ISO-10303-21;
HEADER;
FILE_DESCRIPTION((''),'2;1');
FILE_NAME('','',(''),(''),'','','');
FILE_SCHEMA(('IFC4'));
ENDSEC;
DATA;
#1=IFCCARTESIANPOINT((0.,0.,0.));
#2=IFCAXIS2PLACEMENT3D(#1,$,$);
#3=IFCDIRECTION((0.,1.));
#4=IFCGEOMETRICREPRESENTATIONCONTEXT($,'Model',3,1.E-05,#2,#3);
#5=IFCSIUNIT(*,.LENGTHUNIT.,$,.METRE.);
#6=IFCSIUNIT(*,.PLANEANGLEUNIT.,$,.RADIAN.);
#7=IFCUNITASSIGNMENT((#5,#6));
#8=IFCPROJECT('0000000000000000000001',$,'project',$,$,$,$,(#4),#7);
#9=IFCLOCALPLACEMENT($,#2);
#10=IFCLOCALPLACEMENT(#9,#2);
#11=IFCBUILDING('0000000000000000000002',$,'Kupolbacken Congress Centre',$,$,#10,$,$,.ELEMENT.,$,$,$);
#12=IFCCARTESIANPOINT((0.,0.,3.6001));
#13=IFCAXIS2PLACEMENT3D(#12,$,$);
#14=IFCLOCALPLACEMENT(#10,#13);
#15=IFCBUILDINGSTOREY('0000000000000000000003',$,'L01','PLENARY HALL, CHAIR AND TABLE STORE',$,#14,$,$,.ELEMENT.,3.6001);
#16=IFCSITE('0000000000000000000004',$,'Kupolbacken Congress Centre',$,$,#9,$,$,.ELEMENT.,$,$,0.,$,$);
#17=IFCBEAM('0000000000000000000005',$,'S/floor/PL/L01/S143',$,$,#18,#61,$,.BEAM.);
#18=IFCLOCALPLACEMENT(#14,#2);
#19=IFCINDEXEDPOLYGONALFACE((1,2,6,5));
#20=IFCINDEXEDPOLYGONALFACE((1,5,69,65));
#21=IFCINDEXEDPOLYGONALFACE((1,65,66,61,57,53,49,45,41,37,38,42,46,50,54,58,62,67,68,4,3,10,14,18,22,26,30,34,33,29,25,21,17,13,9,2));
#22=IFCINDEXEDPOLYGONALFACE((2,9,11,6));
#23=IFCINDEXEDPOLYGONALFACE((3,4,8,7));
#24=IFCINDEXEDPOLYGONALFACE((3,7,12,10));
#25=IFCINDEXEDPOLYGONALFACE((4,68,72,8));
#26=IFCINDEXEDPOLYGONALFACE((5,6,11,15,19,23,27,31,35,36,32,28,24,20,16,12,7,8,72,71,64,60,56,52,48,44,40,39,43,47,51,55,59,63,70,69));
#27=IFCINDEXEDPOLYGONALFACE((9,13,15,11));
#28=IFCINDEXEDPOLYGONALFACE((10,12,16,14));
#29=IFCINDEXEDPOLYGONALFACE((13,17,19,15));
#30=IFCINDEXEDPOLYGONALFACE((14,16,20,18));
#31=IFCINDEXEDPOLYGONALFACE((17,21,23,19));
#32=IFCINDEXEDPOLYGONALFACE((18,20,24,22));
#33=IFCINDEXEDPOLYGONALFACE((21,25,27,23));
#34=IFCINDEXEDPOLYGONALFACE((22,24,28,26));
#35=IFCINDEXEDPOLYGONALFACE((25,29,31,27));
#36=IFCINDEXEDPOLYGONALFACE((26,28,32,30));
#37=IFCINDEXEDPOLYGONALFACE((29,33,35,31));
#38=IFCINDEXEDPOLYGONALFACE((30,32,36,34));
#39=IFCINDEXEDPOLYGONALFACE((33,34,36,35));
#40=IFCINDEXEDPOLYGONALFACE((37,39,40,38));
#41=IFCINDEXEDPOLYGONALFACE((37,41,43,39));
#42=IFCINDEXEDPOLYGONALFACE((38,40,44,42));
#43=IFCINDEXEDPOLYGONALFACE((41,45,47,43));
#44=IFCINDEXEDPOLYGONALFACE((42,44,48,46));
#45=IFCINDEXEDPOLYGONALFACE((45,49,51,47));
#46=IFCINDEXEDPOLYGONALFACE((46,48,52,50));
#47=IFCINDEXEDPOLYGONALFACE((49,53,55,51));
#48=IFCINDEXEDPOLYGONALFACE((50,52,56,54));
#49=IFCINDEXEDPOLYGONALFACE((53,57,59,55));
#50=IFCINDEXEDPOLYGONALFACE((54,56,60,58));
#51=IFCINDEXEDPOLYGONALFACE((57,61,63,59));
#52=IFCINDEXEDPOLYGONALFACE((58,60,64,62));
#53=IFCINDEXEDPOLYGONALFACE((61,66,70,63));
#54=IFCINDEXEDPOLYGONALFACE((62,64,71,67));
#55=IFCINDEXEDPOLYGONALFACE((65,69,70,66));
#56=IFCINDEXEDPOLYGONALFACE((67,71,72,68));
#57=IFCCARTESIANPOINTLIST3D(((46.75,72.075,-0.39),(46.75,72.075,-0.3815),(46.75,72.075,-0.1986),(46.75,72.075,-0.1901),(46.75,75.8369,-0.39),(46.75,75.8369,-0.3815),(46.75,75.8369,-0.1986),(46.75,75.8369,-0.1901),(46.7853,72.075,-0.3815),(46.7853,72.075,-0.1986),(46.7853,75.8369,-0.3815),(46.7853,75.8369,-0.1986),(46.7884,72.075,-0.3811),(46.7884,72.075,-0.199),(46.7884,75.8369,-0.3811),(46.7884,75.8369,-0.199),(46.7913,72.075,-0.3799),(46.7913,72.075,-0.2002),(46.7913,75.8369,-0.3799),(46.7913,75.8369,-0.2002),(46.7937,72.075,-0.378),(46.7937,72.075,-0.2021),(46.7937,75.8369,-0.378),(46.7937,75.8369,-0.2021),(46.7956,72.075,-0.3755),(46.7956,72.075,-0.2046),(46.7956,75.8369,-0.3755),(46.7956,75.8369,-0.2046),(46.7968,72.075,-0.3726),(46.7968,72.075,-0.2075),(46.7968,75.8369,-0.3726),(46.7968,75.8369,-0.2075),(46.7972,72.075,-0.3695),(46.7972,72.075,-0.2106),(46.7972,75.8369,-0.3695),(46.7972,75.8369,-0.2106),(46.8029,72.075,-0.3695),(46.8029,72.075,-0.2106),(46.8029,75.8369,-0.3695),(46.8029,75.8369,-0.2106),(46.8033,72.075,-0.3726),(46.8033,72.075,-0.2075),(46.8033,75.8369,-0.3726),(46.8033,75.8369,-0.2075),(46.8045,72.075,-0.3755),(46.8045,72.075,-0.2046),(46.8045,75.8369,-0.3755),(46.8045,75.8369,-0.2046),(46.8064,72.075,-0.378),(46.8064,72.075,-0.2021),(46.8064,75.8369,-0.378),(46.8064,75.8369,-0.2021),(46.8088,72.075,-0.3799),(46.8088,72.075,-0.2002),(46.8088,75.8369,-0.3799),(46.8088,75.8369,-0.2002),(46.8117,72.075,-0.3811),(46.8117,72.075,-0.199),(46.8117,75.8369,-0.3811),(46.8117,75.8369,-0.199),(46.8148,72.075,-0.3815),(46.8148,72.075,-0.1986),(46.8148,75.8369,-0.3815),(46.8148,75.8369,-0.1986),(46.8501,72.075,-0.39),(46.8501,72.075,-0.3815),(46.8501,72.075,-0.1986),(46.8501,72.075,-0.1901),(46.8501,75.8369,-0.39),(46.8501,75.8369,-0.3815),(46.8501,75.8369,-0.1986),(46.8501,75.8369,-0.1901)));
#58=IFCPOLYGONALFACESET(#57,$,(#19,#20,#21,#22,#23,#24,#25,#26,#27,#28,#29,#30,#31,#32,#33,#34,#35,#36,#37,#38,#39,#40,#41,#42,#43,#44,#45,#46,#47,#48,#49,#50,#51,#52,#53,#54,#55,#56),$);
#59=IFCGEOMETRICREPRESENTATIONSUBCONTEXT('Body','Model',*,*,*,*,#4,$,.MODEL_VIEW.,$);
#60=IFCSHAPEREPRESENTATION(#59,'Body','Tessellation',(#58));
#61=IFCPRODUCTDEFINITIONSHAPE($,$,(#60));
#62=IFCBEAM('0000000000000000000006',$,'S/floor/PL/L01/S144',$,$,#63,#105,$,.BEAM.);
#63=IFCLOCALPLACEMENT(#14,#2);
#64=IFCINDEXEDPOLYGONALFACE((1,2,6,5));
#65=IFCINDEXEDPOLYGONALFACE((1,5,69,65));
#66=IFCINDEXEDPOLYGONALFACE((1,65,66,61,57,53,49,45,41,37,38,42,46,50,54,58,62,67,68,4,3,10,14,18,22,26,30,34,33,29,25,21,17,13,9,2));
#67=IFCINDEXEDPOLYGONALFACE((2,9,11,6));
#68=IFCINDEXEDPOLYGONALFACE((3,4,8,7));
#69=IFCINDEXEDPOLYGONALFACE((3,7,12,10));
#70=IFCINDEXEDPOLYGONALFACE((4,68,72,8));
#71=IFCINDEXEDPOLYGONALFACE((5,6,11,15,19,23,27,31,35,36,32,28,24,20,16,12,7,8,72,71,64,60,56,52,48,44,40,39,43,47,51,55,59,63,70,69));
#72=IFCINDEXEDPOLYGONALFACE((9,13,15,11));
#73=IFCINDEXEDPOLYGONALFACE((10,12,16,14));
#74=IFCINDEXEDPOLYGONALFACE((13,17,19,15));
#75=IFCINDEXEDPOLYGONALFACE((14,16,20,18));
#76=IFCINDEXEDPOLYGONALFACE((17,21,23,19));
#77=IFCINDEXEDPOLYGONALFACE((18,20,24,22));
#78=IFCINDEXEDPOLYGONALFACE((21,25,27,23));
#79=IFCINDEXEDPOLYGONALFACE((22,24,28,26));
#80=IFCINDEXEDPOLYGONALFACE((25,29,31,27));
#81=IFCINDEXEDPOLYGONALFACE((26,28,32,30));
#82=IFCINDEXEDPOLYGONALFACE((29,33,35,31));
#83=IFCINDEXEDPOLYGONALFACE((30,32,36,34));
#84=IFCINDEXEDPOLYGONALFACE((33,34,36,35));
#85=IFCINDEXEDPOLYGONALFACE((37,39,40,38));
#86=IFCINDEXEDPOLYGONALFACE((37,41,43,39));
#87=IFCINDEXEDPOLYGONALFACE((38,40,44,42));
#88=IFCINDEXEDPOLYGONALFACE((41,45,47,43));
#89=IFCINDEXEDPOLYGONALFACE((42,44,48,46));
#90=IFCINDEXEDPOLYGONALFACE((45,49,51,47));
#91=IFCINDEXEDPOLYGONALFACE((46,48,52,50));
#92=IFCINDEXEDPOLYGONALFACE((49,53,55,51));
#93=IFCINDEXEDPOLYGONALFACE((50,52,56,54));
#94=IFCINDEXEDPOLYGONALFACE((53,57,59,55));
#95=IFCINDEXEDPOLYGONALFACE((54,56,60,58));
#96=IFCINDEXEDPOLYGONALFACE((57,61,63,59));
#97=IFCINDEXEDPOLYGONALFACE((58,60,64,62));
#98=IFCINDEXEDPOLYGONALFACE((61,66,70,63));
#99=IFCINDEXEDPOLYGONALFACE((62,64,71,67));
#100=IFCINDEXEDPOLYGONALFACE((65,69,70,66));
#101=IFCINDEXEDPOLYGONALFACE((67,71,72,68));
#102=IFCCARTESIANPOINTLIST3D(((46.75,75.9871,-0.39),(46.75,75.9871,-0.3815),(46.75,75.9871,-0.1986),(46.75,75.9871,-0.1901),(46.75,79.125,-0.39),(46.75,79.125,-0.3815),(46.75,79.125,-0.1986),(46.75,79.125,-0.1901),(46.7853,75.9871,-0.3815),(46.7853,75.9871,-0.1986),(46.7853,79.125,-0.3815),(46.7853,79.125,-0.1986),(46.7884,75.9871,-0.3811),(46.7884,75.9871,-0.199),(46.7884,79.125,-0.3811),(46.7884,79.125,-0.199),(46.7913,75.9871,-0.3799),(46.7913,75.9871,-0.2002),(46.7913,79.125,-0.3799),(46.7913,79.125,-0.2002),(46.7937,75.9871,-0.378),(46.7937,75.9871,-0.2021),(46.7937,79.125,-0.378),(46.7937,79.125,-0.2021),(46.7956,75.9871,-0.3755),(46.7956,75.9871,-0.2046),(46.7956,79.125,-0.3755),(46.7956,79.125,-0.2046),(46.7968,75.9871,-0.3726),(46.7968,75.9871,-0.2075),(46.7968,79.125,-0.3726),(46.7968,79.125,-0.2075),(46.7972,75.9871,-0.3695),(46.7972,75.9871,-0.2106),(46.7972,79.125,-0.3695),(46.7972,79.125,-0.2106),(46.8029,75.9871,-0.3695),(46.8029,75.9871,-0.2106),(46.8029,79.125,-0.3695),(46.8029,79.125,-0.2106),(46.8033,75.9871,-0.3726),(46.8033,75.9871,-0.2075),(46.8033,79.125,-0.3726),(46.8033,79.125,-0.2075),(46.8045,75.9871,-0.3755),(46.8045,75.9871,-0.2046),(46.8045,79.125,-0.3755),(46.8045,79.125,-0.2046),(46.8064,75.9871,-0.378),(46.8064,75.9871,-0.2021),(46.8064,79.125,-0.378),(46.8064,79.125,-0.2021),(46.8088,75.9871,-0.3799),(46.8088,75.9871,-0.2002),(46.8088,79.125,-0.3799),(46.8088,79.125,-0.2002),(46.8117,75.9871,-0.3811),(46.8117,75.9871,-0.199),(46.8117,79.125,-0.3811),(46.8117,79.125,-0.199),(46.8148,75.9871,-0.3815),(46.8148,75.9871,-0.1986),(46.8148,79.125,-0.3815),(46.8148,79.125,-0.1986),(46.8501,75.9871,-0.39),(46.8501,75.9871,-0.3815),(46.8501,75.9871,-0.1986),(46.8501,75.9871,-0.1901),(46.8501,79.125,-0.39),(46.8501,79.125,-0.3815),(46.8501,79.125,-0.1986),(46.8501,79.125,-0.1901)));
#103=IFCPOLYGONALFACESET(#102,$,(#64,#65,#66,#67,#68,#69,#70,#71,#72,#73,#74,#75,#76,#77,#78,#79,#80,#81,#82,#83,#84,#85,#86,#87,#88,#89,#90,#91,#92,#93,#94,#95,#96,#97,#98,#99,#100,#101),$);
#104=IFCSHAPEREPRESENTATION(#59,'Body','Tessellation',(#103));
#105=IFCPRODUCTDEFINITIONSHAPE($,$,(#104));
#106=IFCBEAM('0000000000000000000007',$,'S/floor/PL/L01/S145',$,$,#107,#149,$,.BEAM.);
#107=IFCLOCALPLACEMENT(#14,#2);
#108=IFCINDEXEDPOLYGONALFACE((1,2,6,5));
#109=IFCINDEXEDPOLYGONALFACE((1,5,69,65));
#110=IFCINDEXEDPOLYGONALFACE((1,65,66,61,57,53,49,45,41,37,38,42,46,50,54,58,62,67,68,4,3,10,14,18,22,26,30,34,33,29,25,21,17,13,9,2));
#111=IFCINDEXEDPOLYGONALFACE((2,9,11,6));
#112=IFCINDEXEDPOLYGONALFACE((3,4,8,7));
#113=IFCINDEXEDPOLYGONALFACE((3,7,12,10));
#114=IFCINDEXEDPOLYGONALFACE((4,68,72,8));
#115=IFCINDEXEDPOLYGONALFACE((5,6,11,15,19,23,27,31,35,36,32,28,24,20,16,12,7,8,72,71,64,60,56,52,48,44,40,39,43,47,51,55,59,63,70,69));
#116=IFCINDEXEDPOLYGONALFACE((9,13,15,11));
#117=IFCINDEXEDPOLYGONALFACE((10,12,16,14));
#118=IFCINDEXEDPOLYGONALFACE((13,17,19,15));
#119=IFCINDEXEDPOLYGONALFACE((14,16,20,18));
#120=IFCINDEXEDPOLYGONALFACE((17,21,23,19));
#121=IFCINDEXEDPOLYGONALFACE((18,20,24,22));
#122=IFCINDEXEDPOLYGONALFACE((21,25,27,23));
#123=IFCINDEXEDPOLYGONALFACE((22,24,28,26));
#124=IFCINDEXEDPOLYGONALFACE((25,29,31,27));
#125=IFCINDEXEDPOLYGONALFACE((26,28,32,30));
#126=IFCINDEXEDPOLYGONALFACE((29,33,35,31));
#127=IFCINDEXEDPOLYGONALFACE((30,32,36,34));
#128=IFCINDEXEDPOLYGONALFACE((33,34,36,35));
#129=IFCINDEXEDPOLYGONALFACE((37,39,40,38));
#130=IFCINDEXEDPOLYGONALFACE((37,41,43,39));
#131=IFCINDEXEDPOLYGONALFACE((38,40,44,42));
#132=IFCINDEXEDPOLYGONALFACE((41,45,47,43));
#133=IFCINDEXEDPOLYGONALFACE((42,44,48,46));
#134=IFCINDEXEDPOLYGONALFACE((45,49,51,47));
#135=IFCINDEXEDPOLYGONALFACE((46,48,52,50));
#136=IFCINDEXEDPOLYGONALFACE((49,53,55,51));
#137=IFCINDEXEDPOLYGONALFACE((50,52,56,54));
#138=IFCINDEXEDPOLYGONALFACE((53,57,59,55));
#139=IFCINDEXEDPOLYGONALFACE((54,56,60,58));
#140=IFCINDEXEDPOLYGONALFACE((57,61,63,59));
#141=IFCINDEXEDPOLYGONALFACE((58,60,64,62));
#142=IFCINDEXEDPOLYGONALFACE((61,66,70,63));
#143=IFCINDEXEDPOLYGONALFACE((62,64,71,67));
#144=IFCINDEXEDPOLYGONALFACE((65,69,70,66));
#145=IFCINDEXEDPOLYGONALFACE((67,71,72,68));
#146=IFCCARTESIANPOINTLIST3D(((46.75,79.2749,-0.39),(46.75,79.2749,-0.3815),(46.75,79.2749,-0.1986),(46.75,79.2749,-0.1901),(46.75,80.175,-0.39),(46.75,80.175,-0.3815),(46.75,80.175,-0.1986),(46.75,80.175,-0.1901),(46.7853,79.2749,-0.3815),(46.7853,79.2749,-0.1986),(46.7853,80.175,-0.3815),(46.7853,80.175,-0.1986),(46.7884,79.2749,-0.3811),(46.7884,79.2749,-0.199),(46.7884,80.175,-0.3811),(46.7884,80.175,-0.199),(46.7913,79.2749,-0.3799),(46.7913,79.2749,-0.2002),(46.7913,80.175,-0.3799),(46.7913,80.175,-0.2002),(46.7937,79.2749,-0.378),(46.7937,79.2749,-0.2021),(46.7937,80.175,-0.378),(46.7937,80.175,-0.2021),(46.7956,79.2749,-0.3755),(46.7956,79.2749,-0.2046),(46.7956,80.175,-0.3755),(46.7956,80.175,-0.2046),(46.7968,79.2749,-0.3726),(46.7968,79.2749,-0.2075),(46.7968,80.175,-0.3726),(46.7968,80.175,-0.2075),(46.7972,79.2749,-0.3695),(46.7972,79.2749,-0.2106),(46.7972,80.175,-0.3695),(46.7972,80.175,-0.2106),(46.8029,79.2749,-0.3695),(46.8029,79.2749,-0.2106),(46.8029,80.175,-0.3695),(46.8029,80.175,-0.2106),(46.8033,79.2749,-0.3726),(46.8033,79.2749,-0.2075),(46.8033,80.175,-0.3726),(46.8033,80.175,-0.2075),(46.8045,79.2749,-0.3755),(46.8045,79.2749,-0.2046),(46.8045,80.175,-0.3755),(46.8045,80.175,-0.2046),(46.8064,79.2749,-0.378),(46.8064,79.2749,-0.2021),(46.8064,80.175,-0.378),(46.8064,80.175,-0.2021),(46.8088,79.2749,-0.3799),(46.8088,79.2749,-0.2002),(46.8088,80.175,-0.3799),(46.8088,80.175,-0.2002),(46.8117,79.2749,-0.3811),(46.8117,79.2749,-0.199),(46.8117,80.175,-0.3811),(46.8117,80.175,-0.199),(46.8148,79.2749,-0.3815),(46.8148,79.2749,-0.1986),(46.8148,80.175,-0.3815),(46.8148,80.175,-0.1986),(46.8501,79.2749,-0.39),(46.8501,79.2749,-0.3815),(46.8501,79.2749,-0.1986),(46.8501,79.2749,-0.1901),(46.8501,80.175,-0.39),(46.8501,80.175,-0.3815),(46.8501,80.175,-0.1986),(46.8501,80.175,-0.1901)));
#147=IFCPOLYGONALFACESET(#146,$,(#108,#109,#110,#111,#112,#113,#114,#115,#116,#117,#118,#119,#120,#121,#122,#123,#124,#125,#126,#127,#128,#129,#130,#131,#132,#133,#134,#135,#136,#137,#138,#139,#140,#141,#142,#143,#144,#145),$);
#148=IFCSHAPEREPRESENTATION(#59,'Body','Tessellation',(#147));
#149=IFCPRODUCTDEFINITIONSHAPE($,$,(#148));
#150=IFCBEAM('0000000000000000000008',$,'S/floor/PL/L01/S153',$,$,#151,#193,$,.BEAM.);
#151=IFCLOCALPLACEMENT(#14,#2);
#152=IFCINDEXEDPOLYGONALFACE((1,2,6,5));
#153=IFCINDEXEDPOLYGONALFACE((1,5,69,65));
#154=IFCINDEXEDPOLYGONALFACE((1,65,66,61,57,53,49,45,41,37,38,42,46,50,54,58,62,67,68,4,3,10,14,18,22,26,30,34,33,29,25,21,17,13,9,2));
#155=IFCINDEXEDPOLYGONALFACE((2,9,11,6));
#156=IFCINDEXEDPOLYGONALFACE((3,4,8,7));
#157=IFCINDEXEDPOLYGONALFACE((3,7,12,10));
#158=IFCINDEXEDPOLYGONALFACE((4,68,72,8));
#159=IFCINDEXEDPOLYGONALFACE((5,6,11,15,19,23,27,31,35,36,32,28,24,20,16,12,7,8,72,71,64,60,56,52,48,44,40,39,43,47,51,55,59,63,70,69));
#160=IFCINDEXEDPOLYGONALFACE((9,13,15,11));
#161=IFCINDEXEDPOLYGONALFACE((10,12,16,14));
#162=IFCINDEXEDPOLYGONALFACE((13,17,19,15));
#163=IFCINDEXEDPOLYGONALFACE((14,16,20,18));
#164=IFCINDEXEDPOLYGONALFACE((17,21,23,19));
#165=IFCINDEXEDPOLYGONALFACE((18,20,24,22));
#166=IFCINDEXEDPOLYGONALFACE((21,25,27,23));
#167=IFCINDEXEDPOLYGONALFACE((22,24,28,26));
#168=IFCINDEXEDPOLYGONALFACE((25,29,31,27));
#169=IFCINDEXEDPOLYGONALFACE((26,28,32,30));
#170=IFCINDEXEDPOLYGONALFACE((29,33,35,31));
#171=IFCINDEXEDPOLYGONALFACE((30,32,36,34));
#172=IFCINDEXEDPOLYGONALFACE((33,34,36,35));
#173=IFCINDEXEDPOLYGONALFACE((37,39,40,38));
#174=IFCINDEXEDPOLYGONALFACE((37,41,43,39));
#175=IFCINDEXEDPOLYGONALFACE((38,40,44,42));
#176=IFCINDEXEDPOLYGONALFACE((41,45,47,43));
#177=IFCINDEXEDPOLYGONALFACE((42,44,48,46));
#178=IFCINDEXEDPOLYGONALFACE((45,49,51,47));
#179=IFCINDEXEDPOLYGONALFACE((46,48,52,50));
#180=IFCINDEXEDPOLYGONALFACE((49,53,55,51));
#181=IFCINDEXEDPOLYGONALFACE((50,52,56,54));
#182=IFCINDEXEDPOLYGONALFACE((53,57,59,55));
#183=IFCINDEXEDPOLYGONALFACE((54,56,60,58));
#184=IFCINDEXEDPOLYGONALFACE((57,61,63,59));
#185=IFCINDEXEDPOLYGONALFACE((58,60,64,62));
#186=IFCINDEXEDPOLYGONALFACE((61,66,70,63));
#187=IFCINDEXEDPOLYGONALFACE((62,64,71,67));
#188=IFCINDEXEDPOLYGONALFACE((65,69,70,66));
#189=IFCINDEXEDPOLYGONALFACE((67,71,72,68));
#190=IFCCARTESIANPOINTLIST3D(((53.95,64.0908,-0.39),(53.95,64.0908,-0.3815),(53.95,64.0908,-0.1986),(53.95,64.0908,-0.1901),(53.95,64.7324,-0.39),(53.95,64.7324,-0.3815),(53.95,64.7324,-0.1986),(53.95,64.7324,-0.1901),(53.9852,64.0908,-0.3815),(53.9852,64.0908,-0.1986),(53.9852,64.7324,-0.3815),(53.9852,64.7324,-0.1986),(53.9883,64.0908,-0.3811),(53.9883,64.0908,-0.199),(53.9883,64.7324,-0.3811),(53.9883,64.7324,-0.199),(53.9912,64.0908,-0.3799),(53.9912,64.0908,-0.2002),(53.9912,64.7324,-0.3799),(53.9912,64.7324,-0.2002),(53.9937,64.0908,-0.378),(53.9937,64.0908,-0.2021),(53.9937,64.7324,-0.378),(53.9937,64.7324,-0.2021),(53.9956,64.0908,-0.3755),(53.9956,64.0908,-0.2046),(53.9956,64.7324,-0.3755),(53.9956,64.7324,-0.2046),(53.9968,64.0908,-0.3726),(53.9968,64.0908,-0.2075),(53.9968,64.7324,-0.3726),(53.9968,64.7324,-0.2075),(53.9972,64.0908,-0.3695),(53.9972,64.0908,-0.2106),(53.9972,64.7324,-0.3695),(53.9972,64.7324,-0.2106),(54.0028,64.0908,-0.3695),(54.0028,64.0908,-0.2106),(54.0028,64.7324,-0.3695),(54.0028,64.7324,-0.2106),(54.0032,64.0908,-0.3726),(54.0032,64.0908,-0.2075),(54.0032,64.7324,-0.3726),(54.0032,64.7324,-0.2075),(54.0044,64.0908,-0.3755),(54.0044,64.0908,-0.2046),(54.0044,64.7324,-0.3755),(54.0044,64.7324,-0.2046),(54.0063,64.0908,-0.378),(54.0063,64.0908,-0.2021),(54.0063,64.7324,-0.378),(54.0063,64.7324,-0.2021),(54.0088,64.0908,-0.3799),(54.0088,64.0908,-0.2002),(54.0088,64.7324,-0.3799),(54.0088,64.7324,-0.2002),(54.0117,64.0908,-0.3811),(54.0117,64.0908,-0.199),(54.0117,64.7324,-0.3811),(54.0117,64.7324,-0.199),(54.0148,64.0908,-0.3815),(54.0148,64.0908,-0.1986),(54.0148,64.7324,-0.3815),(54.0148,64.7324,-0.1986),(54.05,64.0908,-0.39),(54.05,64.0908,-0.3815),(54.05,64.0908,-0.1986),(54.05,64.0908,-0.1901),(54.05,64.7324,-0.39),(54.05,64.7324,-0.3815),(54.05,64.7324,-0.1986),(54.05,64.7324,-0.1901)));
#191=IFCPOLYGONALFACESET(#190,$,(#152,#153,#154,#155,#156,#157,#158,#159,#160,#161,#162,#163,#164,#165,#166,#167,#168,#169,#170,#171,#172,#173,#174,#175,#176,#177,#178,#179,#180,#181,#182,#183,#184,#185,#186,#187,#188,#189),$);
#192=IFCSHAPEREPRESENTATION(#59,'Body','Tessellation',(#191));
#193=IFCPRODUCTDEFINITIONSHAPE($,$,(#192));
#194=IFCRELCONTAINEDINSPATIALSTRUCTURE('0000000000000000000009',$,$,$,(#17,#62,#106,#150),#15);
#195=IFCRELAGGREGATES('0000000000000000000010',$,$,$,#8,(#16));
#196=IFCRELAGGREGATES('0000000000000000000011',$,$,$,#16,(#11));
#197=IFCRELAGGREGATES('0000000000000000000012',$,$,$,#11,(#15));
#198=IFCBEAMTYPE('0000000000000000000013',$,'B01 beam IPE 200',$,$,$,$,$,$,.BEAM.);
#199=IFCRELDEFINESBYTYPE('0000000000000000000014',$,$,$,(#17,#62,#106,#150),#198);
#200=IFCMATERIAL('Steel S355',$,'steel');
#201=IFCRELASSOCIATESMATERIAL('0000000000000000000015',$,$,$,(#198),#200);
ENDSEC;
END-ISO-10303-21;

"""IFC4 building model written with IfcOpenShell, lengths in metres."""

from ifc_helpers import new_model, si_unit, direction, frame, origin, origin_2d, place, context, subcontext, project, spatial, i_section, extrude, material, material_profile, profile_set, type_object, element, save


model = new_model("IFC4")

# Units and contexts
model_context = context("Model", 3, precision=1e-05, world=origin(), true_north=direction((0.0, 1.0)))
body_context = subcontext(model_context, "Body", "Model", "MODEL_VIEW")
ifc_project = project(units=[si_unit("LENGTHUNIT", "METRE"), si_unit("PLANEANGLEUNIT", "RADIAN")], contexts=[model_context])

# Site, building, storey
site_placement = place(None, origin())
site = spatial("IfcSite", under=ifc_project, at=site_placement, Name="Kupolbacken Congress Centre", CompositionType="ELEMENT", RefElevation=0.0)
building_placement = place(site_placement, origin())
building = spatial("IfcBuilding", under=site, at=building_placement, Name="Kupolbacken Congress Centre", CompositionType="ELEMENT")
storey_placement = place(building_placement, frame((0.0, 0.0, 3.6001)))
storey = spatial("IfcBuildingStorey", under=building, at=storey_placement, Name="L01", Description="PLENARY HALL, CHAIR AND TABLE STORE", CompositionType="ELEMENT", Elevation=3.6001)

# Beams
ifc_material_1 = material(Name="Steel S355", Category="steel")
ifc_material_profile_1 = material_profile(ifc_material_1, i_section(OverallWidth=0.1001, OverallDepth=0.2, WebThickness=0.0056, FlangeThickness=0.0085, FilletRadius=0.012, at=origin_2d()), Name="IPE 200")
ifc_profile_set_1 = profile_set([ifc_material_profile_1], Name="Steel S355")
beam_type_1 = type_object("IfcBeamType", Name="B01 beam IPE 200", PredefinedType="BEAM", material=ifc_profile_set_1)
beam_1_placement = place(storey_placement, frame((46.8, 72.075, -0.29), z_axis=(0.0, 1.0, 0.0), x_axis=(-1.0, 0.0, 0.0)))
element("IfcBeam", 1, at=beam_1_placement, inside=storey, type_object=beam_type_1, Name="S/floor/PL/L01/S143", PredefinedType="BEAM", context=body_context, shape_type="SweptSolid", body=[
    extrude(i_section(OverallWidth=0.1001, OverallDepth=0.2, WebThickness=0.0056, FlangeThickness=0.0085, FilletRadius=0.012, at=origin_2d()), origin(), (0.0, 0.0, 1.0), 3.762),
])
beam_2_placement = place(storey_placement, frame((46.8, 75.9871, -0.29), z_axis=(0.0, 1.0, 0.0), x_axis=(-1.0, 0.0, 0.0)))
element("IfcBeam", 2, at=beam_2_placement, inside=storey, type_object=beam_type_1, Name="S/floor/PL/L01/S144", PredefinedType="BEAM", context=body_context, shape_type="SweptSolid", body=[
    extrude(i_section(OverallWidth=0.1001, OverallDepth=0.2, WebThickness=0.0056, FlangeThickness=0.0085, FilletRadius=0.012, at=origin_2d()), origin(), (0.0, 0.0, 1.0), 3.1379),
])
beam_3_placement = place(storey_placement, frame((46.8, 79.2749, -0.29), z_axis=(0.0, 1.0, 0.0), x_axis=(-1.0, 0.0, 0.0)))
element("IfcBeam", 3, at=beam_3_placement, inside=storey, type_object=beam_type_1, Name="S/floor/PL/L01/S145", PredefinedType="BEAM", context=body_context, shape_type="SweptSolid", body=[
    extrude(i_section(OverallWidth=0.1001, OverallDepth=0.2, WebThickness=0.0056, FlangeThickness=0.0085, FilletRadius=0.012, at=origin_2d()), origin(), (0.0, 0.0, 1.0), 0.9001),
])
beam_4_placement = place(storey_placement, frame((54.0, 64.0908, -0.29), z_axis=(0.0, 1.0, 0.0), x_axis=(-1.0, 0.0, 0.0)))
element("IfcBeam", 4, at=beam_4_placement, inside=storey, type_object=beam_type_1, Name="S/floor/PL/L01/S153", PredefinedType="BEAM", context=body_context, shape_type="SweptSolid", body=[
    extrude(i_section(OverallWidth=0.1001, OverallDepth=0.2, WebThickness=0.0056, FlangeThickness=0.0085, FilletRadius=0.012, at=origin_2d()), origin(), (0.0, 0.0, 1.0), 0.6416),
])

save(model, "model.ifc")
